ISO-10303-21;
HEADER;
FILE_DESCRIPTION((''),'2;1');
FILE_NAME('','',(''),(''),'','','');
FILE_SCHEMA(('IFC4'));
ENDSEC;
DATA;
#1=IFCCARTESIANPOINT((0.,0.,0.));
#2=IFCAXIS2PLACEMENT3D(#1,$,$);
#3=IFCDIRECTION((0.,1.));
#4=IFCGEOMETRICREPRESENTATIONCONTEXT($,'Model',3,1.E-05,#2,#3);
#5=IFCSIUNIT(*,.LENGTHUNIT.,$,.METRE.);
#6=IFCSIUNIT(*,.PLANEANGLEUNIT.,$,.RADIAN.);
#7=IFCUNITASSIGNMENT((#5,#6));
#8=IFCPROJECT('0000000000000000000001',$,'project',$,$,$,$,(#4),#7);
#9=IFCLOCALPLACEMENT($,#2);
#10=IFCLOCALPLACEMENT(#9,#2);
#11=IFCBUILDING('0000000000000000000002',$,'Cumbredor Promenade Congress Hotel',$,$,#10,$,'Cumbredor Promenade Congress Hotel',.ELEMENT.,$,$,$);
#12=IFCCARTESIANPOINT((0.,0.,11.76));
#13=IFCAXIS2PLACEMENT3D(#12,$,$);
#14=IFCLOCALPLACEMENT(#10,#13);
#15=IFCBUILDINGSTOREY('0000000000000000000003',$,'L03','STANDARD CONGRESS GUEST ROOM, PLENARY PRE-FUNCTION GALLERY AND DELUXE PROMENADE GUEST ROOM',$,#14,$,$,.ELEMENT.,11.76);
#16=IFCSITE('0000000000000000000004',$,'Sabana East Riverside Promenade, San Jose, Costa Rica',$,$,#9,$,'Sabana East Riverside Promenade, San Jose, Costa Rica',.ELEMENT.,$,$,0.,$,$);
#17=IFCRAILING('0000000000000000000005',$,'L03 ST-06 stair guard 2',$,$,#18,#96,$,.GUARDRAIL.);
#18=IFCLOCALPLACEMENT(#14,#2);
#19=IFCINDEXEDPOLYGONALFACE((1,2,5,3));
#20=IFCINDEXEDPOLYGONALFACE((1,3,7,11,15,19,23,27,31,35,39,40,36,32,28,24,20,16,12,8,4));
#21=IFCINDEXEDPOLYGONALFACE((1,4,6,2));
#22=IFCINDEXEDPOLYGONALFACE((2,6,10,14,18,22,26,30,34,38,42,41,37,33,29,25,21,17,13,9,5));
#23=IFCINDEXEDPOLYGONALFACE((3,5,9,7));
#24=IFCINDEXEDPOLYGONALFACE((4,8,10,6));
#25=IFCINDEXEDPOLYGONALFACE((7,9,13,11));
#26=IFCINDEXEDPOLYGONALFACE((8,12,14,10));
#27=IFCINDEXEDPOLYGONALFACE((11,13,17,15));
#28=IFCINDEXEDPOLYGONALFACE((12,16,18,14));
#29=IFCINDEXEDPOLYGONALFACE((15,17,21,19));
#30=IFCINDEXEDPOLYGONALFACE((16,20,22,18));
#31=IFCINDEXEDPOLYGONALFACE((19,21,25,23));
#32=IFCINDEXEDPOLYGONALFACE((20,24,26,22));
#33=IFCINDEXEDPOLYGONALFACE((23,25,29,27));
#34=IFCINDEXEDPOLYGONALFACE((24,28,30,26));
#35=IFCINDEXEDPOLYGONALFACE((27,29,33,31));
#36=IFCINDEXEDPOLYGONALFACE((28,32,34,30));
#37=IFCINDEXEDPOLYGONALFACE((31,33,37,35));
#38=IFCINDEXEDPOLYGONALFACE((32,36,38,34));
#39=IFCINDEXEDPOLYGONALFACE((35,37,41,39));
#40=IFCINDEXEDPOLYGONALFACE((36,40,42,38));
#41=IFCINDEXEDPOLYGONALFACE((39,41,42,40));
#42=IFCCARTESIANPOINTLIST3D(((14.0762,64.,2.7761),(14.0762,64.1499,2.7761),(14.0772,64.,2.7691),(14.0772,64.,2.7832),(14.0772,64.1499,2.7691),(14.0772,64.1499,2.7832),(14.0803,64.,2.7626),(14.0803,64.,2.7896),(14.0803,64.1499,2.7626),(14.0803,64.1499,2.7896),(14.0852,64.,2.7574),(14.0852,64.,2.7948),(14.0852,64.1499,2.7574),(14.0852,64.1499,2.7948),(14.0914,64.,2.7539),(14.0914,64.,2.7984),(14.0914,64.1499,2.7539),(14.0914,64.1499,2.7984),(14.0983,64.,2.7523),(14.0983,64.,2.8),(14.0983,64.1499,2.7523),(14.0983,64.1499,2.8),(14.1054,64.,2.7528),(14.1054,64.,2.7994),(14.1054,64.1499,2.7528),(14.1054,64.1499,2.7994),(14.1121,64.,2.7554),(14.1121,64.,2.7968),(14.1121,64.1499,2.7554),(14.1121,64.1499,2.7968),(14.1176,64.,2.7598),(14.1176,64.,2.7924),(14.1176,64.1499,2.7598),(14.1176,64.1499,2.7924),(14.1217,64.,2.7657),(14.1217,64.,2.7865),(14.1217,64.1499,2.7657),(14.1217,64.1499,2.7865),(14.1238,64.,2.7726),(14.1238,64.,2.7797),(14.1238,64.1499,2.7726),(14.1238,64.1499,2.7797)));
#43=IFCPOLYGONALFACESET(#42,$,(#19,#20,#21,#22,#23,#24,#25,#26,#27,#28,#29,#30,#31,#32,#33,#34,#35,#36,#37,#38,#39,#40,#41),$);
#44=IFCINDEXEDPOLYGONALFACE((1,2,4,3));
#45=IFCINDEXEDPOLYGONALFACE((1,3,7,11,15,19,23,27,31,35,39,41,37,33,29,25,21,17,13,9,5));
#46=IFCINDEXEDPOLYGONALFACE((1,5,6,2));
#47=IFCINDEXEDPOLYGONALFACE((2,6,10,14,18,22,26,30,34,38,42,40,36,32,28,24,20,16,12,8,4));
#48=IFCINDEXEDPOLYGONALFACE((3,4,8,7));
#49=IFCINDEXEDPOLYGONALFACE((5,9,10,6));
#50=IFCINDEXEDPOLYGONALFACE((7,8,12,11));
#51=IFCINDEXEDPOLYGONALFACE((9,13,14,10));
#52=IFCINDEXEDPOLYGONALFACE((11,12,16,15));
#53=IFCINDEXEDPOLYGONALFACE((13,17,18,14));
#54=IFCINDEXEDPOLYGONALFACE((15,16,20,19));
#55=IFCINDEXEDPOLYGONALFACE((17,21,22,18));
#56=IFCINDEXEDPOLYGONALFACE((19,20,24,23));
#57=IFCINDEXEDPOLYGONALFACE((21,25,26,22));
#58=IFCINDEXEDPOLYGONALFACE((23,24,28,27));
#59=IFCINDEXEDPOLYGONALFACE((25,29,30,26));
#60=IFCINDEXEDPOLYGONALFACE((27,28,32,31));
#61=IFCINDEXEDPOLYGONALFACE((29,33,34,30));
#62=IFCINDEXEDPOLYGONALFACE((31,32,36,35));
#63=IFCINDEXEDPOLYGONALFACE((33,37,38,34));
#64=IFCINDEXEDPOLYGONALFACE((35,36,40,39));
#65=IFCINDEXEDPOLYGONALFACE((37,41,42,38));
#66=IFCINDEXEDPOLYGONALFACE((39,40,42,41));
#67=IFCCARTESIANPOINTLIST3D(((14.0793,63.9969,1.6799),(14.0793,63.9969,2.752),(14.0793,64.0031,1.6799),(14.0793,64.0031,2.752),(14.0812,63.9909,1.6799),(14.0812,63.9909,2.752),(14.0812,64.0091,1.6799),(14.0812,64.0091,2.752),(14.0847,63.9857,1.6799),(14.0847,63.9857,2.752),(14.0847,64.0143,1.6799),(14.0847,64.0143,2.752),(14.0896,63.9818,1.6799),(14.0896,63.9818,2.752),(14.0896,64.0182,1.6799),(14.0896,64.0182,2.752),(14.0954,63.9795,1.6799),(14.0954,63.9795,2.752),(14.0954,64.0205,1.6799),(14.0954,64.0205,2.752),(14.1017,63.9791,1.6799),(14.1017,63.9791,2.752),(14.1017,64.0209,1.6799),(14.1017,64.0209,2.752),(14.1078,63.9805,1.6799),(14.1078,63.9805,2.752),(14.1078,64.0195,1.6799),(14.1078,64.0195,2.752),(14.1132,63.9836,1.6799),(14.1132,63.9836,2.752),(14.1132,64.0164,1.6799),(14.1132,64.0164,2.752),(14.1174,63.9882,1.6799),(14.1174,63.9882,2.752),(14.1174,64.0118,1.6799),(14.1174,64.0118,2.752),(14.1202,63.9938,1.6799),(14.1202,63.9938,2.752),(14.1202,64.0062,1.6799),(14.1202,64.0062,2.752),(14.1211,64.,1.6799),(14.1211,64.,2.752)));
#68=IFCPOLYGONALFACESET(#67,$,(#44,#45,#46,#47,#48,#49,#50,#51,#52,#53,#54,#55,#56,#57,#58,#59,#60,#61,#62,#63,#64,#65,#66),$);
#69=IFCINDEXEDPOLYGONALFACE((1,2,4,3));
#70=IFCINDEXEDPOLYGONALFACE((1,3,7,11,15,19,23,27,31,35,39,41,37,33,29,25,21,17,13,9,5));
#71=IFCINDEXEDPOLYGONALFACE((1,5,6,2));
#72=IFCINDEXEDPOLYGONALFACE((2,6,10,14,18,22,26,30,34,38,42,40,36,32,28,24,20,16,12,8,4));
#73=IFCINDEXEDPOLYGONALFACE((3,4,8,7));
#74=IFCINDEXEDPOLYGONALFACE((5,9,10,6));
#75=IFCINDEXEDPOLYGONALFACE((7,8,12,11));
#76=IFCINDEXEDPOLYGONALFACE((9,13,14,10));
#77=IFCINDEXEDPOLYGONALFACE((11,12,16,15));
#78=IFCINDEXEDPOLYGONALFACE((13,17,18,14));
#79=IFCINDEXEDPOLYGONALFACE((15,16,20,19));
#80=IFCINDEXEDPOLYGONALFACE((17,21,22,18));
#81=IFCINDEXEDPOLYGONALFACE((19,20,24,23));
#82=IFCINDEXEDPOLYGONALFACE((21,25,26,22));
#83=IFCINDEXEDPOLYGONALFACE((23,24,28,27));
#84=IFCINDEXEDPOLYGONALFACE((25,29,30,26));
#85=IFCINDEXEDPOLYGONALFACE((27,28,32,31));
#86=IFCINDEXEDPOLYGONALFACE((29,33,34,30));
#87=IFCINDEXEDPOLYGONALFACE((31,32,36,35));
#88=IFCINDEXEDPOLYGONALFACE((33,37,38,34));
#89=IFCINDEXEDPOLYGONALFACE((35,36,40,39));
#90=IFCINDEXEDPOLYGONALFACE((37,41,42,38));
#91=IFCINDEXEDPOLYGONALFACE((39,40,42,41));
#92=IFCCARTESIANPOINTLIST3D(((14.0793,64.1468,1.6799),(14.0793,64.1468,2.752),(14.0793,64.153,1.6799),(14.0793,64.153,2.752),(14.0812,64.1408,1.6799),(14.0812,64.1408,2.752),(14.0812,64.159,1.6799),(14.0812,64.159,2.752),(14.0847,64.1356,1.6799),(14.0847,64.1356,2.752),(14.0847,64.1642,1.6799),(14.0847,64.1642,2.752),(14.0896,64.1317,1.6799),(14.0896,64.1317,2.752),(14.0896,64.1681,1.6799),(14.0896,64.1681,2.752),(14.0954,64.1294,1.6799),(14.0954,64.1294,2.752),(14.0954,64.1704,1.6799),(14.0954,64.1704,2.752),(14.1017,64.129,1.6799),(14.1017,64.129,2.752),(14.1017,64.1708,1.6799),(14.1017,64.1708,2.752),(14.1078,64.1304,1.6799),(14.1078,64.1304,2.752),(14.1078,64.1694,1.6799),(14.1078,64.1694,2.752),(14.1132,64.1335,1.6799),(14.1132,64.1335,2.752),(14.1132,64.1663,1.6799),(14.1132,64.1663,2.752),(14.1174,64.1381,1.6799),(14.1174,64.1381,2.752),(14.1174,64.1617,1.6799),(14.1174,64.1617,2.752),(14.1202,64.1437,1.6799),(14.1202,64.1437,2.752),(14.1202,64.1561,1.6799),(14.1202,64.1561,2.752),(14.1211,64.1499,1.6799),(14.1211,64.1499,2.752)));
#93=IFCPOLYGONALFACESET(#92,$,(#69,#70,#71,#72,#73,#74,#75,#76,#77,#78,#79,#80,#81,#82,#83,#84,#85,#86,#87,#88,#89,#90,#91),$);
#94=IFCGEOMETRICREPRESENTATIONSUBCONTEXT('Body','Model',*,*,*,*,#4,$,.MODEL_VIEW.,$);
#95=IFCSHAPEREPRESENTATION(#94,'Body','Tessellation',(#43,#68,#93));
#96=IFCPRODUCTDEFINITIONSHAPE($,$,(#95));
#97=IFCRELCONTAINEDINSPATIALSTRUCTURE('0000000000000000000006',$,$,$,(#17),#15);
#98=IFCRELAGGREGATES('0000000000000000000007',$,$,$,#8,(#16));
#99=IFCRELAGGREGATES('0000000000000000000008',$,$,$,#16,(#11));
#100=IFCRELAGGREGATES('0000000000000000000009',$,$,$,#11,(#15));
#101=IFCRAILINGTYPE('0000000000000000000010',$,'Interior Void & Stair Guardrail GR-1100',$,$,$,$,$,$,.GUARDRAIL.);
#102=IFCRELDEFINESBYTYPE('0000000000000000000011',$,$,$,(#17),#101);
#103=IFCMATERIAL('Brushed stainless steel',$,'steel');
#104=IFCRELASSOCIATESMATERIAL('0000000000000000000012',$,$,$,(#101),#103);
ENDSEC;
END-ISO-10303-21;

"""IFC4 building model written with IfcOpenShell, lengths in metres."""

from ifc_helpers import new_model, si_unit, direction, frame, origin, origin_2d, place, context, subcontext, project, spatial, circle, extrude, material, type_object, element, save


model = new_model("IFC4")

# Units and contexts
model_context = context("Model", 3, precision=1e-05, world=origin(), true_north=direction((0.0, 1.0)))
body_context = subcontext(model_context, "Body", "Model", "MODEL_VIEW")
ifc_project = project(units=[si_unit("LENGTHUNIT", "METRE"), si_unit("PLANEANGLEUNIT", "RADIAN")], contexts=[model_context])

# Site, building, storey
site_placement = place(None, origin())
site = spatial("IfcSite", under=ifc_project, at=site_placement, Name="Sabana East Riverside Promenade, San Jose, Costa Rica", LongName="Sabana East Riverside Promenade, San Jose, Costa Rica", CompositionType="ELEMENT", RefElevation=0.0)
building_placement = place(site_placement, origin())
building = spatial("IfcBuilding", under=site, at=building_placement, Name="Cumbredor Promenade Congress Hotel", LongName="Cumbredor Promenade Congress Hotel", CompositionType="ELEMENT")
storey_placement = place(building_placement, frame((0.0, 0.0, 11.76)))
storey = spatial("IfcBuildingStorey", under=building, at=storey_placement, Name="L03", Description="STANDARD CONGRESS GUEST ROOM, PLENARY PRE-FUNCTION GALLERY AND DELUXE PROMENADE GUEST ROOM", CompositionType="ELEMENT", Elevation=11.76)

# Railing
ifc_material_1 = material(Name="Brushed stainless steel", Category="steel")
railing_type_1 = type_object("IfcRailingType", Name="Interior Void & Stair Guardrail GR-1100", PredefinedType="GUARDRAIL", material=ifc_material_1)
railing_1_placement = place(storey_placement, frame((14.1001, 64.0, 1.6799)))
element("IfcRailing", 1, at=railing_1_placement, inside=storey, type_object=railing_type_1, Name="L03 ST-06 stair guard 2", PredefinedType="GUARDRAIL", context=body_context, shape_type="SweptSolid", body=[
    extrude(circle(Radius=0.0239, at=origin_2d()), frame((0.0, 0.0, 1.0962), z_axis=(0.0, 1.0, 0.0), x_axis=(-1.0, 0.0, 0.0)), (0.0, 0.0, 1.0), 0.1499),
    extrude(circle(Radius=0.021, at=origin_2d()), origin(), (0.0, 0.0, 1.0), 1.072),
    extrude(circle(Radius=0.021, at=origin_2d()), frame((0.0, 0.1499, 0.0)), (0.0, 0.0, 1.0), 1.072),
])

save(model, "model.ifc")
